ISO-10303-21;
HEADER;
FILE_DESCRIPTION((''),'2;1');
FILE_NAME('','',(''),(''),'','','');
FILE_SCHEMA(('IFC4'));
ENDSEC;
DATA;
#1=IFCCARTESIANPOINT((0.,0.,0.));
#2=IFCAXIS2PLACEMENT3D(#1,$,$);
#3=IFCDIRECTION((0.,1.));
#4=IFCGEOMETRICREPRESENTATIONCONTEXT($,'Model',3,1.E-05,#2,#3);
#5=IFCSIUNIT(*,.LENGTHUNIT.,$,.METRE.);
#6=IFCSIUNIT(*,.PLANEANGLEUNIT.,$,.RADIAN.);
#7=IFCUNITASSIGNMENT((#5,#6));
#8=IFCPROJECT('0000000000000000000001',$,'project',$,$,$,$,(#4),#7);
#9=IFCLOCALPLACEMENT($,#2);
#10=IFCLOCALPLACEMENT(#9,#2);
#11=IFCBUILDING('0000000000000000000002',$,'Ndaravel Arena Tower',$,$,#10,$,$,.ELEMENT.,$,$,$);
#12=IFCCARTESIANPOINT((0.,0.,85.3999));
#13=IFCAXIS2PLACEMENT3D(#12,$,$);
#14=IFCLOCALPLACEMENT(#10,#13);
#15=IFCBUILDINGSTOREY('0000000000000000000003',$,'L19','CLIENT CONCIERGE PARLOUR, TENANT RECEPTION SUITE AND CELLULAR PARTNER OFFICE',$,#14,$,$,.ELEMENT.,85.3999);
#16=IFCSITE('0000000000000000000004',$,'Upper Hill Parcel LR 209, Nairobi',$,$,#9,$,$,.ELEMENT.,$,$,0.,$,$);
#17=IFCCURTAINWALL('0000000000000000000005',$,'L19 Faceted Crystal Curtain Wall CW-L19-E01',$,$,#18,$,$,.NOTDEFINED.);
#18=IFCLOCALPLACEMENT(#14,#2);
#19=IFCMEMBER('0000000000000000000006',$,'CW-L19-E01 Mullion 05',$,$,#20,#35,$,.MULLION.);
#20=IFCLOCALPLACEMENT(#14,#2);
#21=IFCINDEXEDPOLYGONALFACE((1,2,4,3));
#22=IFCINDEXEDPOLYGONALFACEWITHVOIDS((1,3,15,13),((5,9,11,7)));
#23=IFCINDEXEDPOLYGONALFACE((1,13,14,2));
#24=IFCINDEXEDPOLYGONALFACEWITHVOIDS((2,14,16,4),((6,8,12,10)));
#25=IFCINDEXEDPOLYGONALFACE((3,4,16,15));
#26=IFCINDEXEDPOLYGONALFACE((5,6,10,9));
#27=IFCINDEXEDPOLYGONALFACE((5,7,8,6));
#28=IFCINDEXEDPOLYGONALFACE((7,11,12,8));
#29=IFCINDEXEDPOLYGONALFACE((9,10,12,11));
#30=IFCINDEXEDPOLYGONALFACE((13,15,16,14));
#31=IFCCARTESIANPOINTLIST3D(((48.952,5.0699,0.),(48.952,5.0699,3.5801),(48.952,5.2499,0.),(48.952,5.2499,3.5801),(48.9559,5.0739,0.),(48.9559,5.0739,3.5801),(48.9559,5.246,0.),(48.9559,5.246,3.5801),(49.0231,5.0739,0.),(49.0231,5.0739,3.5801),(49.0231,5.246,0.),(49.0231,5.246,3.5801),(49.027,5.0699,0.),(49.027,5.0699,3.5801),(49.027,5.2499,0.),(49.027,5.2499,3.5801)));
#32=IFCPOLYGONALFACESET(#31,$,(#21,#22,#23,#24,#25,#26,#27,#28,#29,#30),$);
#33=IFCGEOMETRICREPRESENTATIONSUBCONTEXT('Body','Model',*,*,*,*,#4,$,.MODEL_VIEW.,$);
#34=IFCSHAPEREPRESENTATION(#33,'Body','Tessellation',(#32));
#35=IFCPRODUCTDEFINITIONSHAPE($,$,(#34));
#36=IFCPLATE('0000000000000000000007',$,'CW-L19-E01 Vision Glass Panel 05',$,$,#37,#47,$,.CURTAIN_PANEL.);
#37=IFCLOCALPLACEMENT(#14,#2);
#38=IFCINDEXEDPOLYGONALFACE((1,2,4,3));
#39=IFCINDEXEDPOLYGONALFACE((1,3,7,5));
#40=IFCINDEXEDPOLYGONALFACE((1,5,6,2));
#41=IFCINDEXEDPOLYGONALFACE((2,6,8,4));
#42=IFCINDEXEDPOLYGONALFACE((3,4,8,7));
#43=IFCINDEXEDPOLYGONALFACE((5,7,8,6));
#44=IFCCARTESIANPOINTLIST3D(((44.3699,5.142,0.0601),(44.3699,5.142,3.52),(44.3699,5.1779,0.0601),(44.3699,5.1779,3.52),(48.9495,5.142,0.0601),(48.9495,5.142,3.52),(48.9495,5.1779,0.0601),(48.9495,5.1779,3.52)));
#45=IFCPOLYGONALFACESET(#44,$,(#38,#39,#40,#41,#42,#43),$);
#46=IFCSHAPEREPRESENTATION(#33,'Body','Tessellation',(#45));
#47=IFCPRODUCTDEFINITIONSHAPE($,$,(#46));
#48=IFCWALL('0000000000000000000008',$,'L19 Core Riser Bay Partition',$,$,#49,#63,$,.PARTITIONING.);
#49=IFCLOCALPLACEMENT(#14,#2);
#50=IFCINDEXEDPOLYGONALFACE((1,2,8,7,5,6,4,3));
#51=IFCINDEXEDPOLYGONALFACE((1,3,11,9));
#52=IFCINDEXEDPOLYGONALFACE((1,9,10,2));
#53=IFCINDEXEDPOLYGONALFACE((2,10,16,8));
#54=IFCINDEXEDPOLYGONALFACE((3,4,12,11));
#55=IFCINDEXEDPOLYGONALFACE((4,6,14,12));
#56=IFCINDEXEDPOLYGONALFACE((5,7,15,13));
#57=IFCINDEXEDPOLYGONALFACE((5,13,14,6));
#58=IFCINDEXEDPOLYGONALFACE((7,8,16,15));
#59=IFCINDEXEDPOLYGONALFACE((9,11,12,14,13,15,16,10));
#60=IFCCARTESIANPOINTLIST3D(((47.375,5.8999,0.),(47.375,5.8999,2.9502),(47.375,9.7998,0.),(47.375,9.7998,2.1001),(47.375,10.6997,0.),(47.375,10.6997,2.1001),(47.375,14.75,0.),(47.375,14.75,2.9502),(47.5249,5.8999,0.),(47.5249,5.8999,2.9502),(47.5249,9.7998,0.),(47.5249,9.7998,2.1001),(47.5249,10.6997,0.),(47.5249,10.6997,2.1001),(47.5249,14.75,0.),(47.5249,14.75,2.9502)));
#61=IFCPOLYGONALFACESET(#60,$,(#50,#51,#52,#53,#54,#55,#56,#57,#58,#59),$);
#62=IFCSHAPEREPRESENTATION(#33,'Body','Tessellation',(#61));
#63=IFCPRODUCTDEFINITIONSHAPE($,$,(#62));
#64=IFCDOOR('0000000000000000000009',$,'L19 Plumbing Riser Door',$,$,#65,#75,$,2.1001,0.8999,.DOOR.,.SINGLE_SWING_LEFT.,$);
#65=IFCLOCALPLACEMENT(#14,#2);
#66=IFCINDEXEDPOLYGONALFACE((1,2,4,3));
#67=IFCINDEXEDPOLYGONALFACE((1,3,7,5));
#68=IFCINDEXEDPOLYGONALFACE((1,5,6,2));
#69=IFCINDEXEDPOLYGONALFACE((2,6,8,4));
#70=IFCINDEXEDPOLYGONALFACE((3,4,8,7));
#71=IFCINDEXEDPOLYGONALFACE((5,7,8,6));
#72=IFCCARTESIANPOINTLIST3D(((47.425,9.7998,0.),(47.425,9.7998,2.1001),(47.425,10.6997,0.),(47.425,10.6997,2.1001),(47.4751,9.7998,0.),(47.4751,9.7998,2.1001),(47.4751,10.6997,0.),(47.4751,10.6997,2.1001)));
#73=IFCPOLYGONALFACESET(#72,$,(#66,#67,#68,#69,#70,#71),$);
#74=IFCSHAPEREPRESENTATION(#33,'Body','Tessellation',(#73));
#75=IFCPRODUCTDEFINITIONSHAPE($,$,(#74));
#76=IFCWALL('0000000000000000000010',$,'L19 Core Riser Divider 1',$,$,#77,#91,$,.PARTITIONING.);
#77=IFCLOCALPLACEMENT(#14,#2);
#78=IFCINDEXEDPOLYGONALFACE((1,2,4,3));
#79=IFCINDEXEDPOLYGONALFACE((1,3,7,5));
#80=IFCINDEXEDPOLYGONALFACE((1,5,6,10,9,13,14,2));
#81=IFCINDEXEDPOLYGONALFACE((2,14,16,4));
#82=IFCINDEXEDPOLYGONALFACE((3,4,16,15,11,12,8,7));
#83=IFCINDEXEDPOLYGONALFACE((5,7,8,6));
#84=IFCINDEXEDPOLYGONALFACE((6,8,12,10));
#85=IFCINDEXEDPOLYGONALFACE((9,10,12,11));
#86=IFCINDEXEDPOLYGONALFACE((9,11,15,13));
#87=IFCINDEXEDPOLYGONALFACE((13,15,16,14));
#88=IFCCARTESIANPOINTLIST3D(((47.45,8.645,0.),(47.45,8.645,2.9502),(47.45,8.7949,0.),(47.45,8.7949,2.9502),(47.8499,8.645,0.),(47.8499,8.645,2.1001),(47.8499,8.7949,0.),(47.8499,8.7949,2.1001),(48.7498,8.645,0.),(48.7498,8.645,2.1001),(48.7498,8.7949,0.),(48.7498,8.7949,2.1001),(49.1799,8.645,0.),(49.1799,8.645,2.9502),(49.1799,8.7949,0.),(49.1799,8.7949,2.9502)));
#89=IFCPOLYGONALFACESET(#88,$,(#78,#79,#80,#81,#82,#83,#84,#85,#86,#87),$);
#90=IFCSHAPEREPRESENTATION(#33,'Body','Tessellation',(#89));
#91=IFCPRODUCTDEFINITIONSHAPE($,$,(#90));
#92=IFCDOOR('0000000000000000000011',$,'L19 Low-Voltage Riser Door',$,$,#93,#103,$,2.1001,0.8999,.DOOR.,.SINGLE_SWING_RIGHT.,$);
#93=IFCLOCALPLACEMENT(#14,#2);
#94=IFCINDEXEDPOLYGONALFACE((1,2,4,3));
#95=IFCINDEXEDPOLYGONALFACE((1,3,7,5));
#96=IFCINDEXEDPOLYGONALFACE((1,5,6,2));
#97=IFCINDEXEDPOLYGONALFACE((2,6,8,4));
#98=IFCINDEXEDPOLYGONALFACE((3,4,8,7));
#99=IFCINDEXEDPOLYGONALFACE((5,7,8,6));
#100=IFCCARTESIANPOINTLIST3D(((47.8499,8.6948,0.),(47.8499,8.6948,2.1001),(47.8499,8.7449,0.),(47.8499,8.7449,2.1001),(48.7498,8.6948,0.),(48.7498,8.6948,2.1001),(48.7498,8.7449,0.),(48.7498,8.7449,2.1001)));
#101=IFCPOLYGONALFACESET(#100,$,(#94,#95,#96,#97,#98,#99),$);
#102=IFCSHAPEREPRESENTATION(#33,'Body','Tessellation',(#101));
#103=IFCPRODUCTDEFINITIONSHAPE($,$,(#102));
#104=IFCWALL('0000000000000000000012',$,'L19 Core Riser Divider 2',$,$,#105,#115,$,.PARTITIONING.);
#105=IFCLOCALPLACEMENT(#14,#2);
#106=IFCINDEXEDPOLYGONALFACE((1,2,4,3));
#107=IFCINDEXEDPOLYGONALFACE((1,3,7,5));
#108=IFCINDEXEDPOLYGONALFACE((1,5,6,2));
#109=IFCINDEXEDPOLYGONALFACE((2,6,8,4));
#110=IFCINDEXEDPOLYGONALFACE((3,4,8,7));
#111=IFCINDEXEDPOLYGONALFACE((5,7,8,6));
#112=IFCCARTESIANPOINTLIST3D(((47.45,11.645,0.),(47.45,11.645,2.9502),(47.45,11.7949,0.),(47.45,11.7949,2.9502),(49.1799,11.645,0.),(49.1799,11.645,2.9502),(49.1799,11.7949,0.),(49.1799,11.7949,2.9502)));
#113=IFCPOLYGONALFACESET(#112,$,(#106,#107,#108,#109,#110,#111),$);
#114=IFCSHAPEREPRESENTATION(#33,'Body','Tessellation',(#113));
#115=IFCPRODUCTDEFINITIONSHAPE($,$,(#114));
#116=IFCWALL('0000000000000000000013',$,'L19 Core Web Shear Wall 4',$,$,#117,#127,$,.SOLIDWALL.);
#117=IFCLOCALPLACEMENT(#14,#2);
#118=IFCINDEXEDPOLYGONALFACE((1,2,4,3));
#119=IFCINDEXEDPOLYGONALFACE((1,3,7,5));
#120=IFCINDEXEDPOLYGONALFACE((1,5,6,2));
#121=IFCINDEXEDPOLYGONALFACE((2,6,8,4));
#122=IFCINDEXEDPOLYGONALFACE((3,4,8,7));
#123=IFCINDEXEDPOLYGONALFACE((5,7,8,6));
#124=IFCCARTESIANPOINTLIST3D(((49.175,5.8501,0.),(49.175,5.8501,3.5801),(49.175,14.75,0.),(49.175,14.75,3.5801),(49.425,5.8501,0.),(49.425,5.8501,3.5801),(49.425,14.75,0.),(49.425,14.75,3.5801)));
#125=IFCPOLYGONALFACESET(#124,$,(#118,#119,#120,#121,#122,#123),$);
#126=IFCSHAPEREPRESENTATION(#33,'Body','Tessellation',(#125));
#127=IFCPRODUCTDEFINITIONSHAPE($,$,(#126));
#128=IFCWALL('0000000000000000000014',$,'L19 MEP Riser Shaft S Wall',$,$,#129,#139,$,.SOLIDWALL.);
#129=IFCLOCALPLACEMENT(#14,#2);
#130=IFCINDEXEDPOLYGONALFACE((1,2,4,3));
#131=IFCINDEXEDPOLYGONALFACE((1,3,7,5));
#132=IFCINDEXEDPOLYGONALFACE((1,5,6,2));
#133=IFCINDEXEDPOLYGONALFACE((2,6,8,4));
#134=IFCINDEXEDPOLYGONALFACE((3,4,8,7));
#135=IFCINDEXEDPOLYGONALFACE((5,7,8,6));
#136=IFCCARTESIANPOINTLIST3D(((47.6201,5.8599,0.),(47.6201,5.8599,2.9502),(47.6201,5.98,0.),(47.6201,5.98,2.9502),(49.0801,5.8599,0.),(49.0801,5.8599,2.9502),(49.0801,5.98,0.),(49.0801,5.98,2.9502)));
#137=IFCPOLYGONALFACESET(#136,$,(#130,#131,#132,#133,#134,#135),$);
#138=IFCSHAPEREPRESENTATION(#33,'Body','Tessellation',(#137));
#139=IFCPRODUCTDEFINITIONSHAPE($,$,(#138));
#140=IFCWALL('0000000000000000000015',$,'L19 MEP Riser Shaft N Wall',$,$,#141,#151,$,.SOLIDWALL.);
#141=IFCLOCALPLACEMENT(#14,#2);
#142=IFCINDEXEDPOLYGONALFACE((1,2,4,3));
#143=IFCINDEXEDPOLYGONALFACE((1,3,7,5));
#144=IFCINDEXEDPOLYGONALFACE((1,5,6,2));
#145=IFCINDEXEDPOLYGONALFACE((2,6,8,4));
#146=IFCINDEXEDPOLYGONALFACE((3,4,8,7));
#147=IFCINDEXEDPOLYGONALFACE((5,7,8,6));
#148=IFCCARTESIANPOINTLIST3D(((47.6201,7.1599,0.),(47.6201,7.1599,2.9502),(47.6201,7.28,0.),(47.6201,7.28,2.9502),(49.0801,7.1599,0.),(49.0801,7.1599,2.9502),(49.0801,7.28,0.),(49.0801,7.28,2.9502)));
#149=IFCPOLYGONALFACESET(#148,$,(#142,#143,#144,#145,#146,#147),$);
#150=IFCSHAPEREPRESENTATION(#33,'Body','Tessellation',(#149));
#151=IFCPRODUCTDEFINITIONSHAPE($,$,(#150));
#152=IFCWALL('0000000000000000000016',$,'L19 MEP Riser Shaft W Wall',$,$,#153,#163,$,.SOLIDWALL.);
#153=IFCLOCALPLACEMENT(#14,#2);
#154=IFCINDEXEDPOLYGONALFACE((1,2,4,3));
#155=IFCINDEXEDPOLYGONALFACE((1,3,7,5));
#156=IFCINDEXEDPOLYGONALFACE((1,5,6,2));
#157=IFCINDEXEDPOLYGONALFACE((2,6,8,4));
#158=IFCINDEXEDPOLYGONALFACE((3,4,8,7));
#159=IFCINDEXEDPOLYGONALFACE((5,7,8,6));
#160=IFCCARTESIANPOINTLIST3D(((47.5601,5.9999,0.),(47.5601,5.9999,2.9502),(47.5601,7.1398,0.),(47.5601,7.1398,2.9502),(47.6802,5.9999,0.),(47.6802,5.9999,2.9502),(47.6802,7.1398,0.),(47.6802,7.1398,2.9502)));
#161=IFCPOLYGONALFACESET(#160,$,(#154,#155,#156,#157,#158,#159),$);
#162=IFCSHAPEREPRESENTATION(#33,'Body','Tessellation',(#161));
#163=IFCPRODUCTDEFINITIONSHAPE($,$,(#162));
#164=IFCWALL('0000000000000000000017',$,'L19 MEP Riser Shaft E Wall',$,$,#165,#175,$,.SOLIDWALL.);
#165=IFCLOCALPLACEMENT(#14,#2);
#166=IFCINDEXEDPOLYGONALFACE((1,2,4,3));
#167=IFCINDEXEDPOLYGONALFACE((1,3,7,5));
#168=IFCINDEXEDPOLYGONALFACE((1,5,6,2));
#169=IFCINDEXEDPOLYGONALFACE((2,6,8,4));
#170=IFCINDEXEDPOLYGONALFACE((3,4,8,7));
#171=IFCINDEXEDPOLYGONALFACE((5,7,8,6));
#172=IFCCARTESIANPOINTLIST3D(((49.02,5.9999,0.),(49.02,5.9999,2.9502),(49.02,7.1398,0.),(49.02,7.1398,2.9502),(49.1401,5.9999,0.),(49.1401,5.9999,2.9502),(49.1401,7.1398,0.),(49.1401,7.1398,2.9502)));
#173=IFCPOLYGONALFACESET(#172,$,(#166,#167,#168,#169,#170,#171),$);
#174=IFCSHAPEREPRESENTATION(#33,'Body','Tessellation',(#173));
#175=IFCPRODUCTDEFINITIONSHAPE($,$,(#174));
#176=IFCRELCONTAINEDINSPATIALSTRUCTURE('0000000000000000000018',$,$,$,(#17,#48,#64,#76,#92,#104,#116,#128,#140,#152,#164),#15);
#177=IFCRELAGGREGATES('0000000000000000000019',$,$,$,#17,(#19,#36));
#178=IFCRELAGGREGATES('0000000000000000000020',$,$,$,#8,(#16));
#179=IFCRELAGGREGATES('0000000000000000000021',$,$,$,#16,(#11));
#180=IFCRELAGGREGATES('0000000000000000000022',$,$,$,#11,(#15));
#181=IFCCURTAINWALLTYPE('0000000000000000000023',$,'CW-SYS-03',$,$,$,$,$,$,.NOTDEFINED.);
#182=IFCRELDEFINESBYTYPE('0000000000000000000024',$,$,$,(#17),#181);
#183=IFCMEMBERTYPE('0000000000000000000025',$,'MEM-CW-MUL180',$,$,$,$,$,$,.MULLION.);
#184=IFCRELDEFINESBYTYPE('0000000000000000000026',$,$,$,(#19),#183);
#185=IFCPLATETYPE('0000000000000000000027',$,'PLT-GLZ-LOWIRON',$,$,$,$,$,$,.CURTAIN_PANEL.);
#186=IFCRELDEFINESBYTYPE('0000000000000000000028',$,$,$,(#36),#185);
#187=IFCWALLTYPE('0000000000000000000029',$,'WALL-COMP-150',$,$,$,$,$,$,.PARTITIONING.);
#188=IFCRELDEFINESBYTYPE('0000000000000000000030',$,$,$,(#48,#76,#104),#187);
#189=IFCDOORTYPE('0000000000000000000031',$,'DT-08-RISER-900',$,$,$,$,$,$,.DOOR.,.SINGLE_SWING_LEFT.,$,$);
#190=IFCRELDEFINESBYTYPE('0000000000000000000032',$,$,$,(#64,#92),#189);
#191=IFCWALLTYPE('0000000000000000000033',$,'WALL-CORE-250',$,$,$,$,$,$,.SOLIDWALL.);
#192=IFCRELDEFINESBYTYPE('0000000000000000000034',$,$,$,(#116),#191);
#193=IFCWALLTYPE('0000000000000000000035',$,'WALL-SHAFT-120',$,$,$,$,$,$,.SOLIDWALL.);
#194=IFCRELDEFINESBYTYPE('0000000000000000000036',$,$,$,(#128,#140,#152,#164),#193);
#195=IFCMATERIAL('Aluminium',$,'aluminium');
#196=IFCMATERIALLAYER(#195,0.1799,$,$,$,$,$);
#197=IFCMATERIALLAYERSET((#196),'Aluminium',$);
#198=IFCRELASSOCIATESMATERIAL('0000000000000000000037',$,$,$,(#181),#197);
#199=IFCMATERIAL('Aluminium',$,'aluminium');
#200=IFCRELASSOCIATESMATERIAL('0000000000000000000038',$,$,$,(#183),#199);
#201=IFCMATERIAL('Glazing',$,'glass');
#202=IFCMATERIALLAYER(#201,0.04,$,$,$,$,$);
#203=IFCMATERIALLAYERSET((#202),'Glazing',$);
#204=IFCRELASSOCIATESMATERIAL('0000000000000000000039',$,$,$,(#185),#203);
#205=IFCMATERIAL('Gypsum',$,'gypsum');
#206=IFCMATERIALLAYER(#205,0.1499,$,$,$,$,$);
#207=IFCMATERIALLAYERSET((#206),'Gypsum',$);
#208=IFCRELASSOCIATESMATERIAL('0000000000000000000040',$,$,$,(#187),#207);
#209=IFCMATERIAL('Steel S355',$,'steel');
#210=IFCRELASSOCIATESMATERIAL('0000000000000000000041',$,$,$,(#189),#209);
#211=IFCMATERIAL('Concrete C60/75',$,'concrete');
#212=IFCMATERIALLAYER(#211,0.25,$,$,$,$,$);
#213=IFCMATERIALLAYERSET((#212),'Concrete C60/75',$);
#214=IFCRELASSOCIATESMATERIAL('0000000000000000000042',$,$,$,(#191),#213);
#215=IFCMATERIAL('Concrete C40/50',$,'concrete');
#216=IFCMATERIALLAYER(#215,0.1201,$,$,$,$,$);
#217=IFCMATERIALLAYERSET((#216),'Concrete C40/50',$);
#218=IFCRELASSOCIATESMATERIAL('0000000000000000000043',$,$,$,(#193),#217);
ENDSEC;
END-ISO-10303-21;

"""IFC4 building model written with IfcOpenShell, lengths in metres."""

from ifc_helpers import new_model, si_unit, direction, frame, frame_2d, origin, origin_2d, place, context, subcontext, project, spatial, rectangle, hollow_rectangle, extrude, material, layer, layer_set, material_profile, profile_set, type_object, element, fill, aggregate, save


model = new_model("IFC4")

# Units and contexts
model_context = context("Model", 3, precision=1e-05, world=origin(), true_north=direction((0.0, 1.0)))
body_context = subcontext(model_context, "Body", "Model", "MODEL_VIEW")
ifc_project = project(units=[si_unit("LENGTHUNIT", "METRE"), si_unit("PLANEANGLEUNIT", "RADIAN")], contexts=[model_context])

# Site, building, storey
site_placement = place(None, origin())
site = spatial("IfcSite", under=ifc_project, at=site_placement, Name="Upper Hill Parcel LR 209, Nairobi", CompositionType="ELEMENT", RefElevation=0.0)
building_placement = place(site_placement, origin())
building = spatial("IfcBuilding", under=site, at=building_placement, Name="Ndaravel Arena Tower", CompositionType="ELEMENT")
storey_placement = place(building_placement, frame((0.0, 0.0, 85.3999)))
storey = spatial("IfcBuildingStorey", under=building, at=storey_placement, Name="L19", Description="CLIENT CONCIERGE PARLOUR, TENANT RECEPTION SUITE AND CELLULAR PARTNER OFFICE", CompositionType="ELEMENT", Elevation=85.3999)

# Curtain wall, member, plate
ifc_material_1 = material(Name="Aluminium", Category="aluminium")
ifc_layer_1 = layer(ifc_material_1, 0.1799)
ifc_layer_set_1 = layer_set([ifc_layer_1], Name="Aluminium")
curtain_wall_type = type_object("IfcCurtainWallType", Name="CW-SYS-03", PredefinedType="NOTDEFINED", material=ifc_layer_set_1)
curtain_wall_placement = place(storey_placement, origin())
curtain_wall = element("IfcCurtainWall", 1, at=curtain_wall_placement, inside=storey, type_object=curtain_wall_type, Name="L19 Faceted Crystal Curtain Wall CW-L19-E01", PredefinedType="NOTDEFINED")
ifc_material_2 = material(Name="Aluminium", Category="aluminium")
ifc_material_profile = material_profile(ifc_material_2, hollow_rectangle(XDim=0.075, YDim=0.1799, WallThickness=0.0039, at=origin_2d()), Name="CW MULLION 75x180x4")
ifc_profile_set = profile_set([ifc_material_profile], Name="Aluminium")
member_type = type_object("IfcMemberType", Name="MEM-CW-MUL180", PredefinedType="MULLION", material=ifc_profile_set)
member_placement = place(storey_placement, frame((48.9895, 5.1599, 0.0), z_axis=(0.0, 0.0, 1.0), x_axis=(1.0, 0.0, 0.0)))
member = element("IfcMember", 2, at=member_placement, type_object=member_type, Name="CW-L19-E01 Mullion 05", PredefinedType="MULLION", context=body_context, shape_type="SweptSolid", body=[
    extrude(hollow_rectangle(XDim=0.075, YDim=0.1799, WallThickness=0.0039, at=origin_2d()), origin(), (0.0, 0.0, 1.0), 3.5801),
])
ifc_material_3 = material(Name="Glazing", Category="glass")
ifc_layer_2 = layer(ifc_material_3, 0.04)
ifc_layer_set_2 = layer_set([ifc_layer_2], Name="Glazing")
plate_type = type_object("IfcPlateType", Name="PLT-GLZ-LOWIRON", PredefinedType="CURTAIN_PANEL", material=ifc_layer_set_2)
plate_placement = place(storey_placement, frame((46.6597, 5.1599, 0.0601), z_axis=(0.0, 0.0, 1.0), x_axis=(1.0, 0.0, 0.0)))
plate = element("IfcPlate", 3, at=plate_placement, type_object=plate_type, Name="CW-L19-E01 Vision Glass Panel 05", PredefinedType="CURTAIN_PANEL", context=body_context, shape_type="SweptSolid", body=[
    extrude(rectangle(XDim=4.5796, YDim=0.0359, at=origin_2d()), origin(), (0.0, 0.0, 1.0), 3.46),
])
aggregate(curtain_wall, [member, plate])

# Walls, openings, doors
ifc_material_4 = material(Name="Gypsum", Category="gypsum")
ifc_layer_3 = layer(ifc_material_4, 0.1499)
ifc_layer_set_3 = layer_set([ifc_layer_3], Name="Gypsum")
wall_type_1 = type_object("IfcWallType", Name="WALL-COMP-150", PredefinedType="PARTITIONING", material=ifc_layer_set_3)
wall_1_placement = place(storey_placement, frame((47.45, 5.8999, 0.0), z_axis=(0.0, 0.0, 1.0), x_axis=(0.0, 1.0, 0.0)))
wall_1 = element("IfcWall", 4, at=wall_1_placement, inside=storey, type_object=wall_type_1, Name="L19 Core Riser Bay Partition", PredefinedType="PARTITIONING", context=body_context, shape_type="SweptSolid", body=[
    extrude(rectangle(XDim=8.8501, YDim=0.1499, at=frame_2d((4.425, 0.0))), origin(), (0.0, 0.0, 1.0), 2.9502),
])
opening_1_placement = place(wall_1_placement, frame((3.8999, 0.0, 0.0)))
opening_1 = element("IfcOpeningElement", 5, at=opening_1_placement, cuts=wall_1, PredefinedType="OPENING", context=body_context, shape_type="SweptSolid", body=[
    extrude(rectangle(XDim=0.8999, YDim=2.1001, at=frame_2d((0.45, 1.05))), frame((0.0, 0.075, 0.0), z_axis=(0.0, -1.0, 0.0), x_axis=(1.0, 0.0, 0.0)), (0.0, 0.0, 1.0), 0.1499),
])
ifc_material_5 = material(Name="Steel S355", Category="steel")
door_type_1 = type_object("IfcDoorType", Name="DT-08-RISER-900", OperationType="SINGLE_SWING_LEFT", PredefinedType="DOOR", material=ifc_material_5)
door_1_placement = place(opening_1_placement, origin())
door_1 = element("IfcDoor", 6, at=door_1_placement, inside=storey, type_object=door_type_1, Name="L19 Plumbing Riser Door", OperationType="SINGLE_SWING_LEFT", OverallHeight=2.1001, OverallWidth=0.8999, PredefinedType="DOOR", context=body_context, shape_type="SweptSolid", body=[
    extrude(rectangle(XDim=0.8999, YDim=2.1001, at=frame_2d((0.45, 1.05))), frame((0.0, 0.0249, 0.0), z_axis=(0.0, -1.0, 0.0), x_axis=(1.0, 0.0, 0.0)), (0.0, 0.0, 1.0), 0.05),
])
fill(opening_1, door_1)
wall_2_placement = place(storey_placement, frame((47.45, 8.72, 0.0), z_axis=(0.0, 0.0, 1.0), x_axis=(1.0, 0.0, 0.0)))
wall_2 = element("IfcWall", 7, at=wall_2_placement, inside=storey, type_object=wall_type_1, Name="L19 Core Riser Divider 1", PredefinedType="PARTITIONING", context=body_context, shape_type="SweptSolid", body=[
    extrude(rectangle(XDim=1.73, YDim=0.1499, at=frame_2d((0.865, 0.0))), origin(), (0.0, 0.0, 1.0), 2.9502),
])
opening_2_placement = place(wall_2_placement, frame((0.3999, 0.0, 0.0)))
opening_2 = element("IfcOpeningElement", 8, at=opening_2_placement, cuts=wall_2, PredefinedType="OPENING", context=body_context, shape_type="SweptSolid", body=[
    extrude(rectangle(XDim=0.8999, YDim=2.1001, at=frame_2d((0.45, 1.05))), frame((0.0, 0.075, 0.0), z_axis=(0.0, -1.0, 0.0), x_axis=(1.0, 0.0, 0.0)), (0.0, 0.0, 1.0), 0.1499),
])
door_2_placement = place(opening_2_placement, origin())
door_2 = element("IfcDoor", 9, at=door_2_placement, inside=storey, type_object=door_type_1, Name="L19 Low-Voltage Riser Door", OperationType="SINGLE_SWING_RIGHT", OverallHeight=2.1001, OverallWidth=0.8999, PredefinedType="DOOR", context=body_context, shape_type="SweptSolid", body=[
    extrude(rectangle(XDim=0.8999, YDim=2.1001, at=frame_2d((0.45, 1.05))), frame((0.0, 0.0249, 0.0), z_axis=(0.0, -1.0, 0.0), x_axis=(1.0, 0.0, 0.0)), (0.0, 0.0, 1.0), 0.05),
])
fill(opening_2, door_2)

# Walls
wall_3_placement = place(storey_placement, frame((47.45, 11.72, 0.0), z_axis=(0.0, 0.0, 1.0), x_axis=(1.0, 0.0, 0.0)))
element("IfcWall", 10, at=wall_3_placement, inside=storey, type_object=wall_type_1, Name="L19 Core Riser Divider 2", PredefinedType="PARTITIONING", context=body_context, shape_type="SweptSolid", body=[
    extrude(rectangle(XDim=1.73, YDim=0.1499, at=frame_2d((0.865, 0.0))), origin(), (0.0, 0.0, 1.0), 2.9502),
])
ifc_material_6 = material(Name="Concrete C60/75", Category="concrete")
ifc_layer_4 = layer(ifc_material_6, 0.25)
ifc_layer_set_4 = layer_set([ifc_layer_4], Name="Concrete C60/75")
wall_type_2 = type_object("IfcWallType", Name="WALL-CORE-250", PredefinedType="SOLIDWALL", material=ifc_layer_set_4)
wall_4_placement = place(storey_placement, frame((49.3, 5.8501, 0.0), z_axis=(0.0, 0.0, 1.0), x_axis=(0.0, 1.0, 0.0)))
element("IfcWall", 11, at=wall_4_placement, inside=storey, type_object=wall_type_2, Name="L19 Core Web Shear Wall 4", PredefinedType="SOLIDWALL", context=body_context, shape_type="SweptSolid", body=[
    extrude(rectangle(XDim=8.8999, YDim=0.25, at=frame_2d((4.45, 0.0))), origin(), (0.0, 0.0, 1.0), 3.5801),
])
ifc_material_7 = material(Name="Concrete C40/50", Category="concrete")
ifc_layer_5 = layer(ifc_material_7, 0.1201)
ifc_layer_set_5 = layer_set([ifc_layer_5], Name="Concrete C40/50")
wall_type_3 = type_object("IfcWallType", Name="WALL-SHAFT-120", PredefinedType="SOLIDWALL", material=ifc_layer_set_5)
for number, where, z_axis, x_axis, name in (
    (12, (47.6201, 5.9199, 0.0), (0.0, 0.0, 1.0), (1.0, 0.0, 0.0), "L19 MEP Riser Shaft S Wall"),
    (13, (47.6201, 7.22, 0.0), (0.0, 0.0, 1.0), (1.0, 0.0, 0.0), "L19 MEP Riser Shaft N Wall"),
):
    element("IfcWall", number, at=place(storey_placement, frame(where, z_axis=z_axis, x_axis=x_axis)), inside=storey, type_object=wall_type_3, Name=name, PredefinedType="SOLIDWALL", context=body_context, shape_type="SweptSolid", body=[
        extrude(rectangle(XDim=1.46, YDim=0.1201, at=frame_2d((0.73, 0.0))), origin(), (0.0, 0.0, 1.0), 2.9502),
    ])
for number, where, z_axis, x_axis, name in (
    (14, (47.6201, 6.0, 0.0), (0.0, 0.0, 1.0), (0.0, 1.0, 0.0), "L19 MEP Riser Shaft W Wall"),
    (15, (49.0801, 6.0, 0.0), (0.0, 0.0, 1.0), (0.0, 1.0, 0.0), "L19 MEP Riser Shaft E Wall"),
):
    element("IfcWall", number, at=place(storey_placement, frame(where, z_axis=z_axis, x_axis=x_axis)), inside=storey, type_object=wall_type_3, Name=name, PredefinedType="SOLIDWALL", context=body_context, shape_type="SweptSolid", body=[
        extrude(rectangle(XDim=1.1399, YDim=0.1201, at=frame_2d((0.5698, 0.0))), origin(), (0.0, 0.0, 1.0), 2.9502),
    ])

save(model, "model.ifc")
